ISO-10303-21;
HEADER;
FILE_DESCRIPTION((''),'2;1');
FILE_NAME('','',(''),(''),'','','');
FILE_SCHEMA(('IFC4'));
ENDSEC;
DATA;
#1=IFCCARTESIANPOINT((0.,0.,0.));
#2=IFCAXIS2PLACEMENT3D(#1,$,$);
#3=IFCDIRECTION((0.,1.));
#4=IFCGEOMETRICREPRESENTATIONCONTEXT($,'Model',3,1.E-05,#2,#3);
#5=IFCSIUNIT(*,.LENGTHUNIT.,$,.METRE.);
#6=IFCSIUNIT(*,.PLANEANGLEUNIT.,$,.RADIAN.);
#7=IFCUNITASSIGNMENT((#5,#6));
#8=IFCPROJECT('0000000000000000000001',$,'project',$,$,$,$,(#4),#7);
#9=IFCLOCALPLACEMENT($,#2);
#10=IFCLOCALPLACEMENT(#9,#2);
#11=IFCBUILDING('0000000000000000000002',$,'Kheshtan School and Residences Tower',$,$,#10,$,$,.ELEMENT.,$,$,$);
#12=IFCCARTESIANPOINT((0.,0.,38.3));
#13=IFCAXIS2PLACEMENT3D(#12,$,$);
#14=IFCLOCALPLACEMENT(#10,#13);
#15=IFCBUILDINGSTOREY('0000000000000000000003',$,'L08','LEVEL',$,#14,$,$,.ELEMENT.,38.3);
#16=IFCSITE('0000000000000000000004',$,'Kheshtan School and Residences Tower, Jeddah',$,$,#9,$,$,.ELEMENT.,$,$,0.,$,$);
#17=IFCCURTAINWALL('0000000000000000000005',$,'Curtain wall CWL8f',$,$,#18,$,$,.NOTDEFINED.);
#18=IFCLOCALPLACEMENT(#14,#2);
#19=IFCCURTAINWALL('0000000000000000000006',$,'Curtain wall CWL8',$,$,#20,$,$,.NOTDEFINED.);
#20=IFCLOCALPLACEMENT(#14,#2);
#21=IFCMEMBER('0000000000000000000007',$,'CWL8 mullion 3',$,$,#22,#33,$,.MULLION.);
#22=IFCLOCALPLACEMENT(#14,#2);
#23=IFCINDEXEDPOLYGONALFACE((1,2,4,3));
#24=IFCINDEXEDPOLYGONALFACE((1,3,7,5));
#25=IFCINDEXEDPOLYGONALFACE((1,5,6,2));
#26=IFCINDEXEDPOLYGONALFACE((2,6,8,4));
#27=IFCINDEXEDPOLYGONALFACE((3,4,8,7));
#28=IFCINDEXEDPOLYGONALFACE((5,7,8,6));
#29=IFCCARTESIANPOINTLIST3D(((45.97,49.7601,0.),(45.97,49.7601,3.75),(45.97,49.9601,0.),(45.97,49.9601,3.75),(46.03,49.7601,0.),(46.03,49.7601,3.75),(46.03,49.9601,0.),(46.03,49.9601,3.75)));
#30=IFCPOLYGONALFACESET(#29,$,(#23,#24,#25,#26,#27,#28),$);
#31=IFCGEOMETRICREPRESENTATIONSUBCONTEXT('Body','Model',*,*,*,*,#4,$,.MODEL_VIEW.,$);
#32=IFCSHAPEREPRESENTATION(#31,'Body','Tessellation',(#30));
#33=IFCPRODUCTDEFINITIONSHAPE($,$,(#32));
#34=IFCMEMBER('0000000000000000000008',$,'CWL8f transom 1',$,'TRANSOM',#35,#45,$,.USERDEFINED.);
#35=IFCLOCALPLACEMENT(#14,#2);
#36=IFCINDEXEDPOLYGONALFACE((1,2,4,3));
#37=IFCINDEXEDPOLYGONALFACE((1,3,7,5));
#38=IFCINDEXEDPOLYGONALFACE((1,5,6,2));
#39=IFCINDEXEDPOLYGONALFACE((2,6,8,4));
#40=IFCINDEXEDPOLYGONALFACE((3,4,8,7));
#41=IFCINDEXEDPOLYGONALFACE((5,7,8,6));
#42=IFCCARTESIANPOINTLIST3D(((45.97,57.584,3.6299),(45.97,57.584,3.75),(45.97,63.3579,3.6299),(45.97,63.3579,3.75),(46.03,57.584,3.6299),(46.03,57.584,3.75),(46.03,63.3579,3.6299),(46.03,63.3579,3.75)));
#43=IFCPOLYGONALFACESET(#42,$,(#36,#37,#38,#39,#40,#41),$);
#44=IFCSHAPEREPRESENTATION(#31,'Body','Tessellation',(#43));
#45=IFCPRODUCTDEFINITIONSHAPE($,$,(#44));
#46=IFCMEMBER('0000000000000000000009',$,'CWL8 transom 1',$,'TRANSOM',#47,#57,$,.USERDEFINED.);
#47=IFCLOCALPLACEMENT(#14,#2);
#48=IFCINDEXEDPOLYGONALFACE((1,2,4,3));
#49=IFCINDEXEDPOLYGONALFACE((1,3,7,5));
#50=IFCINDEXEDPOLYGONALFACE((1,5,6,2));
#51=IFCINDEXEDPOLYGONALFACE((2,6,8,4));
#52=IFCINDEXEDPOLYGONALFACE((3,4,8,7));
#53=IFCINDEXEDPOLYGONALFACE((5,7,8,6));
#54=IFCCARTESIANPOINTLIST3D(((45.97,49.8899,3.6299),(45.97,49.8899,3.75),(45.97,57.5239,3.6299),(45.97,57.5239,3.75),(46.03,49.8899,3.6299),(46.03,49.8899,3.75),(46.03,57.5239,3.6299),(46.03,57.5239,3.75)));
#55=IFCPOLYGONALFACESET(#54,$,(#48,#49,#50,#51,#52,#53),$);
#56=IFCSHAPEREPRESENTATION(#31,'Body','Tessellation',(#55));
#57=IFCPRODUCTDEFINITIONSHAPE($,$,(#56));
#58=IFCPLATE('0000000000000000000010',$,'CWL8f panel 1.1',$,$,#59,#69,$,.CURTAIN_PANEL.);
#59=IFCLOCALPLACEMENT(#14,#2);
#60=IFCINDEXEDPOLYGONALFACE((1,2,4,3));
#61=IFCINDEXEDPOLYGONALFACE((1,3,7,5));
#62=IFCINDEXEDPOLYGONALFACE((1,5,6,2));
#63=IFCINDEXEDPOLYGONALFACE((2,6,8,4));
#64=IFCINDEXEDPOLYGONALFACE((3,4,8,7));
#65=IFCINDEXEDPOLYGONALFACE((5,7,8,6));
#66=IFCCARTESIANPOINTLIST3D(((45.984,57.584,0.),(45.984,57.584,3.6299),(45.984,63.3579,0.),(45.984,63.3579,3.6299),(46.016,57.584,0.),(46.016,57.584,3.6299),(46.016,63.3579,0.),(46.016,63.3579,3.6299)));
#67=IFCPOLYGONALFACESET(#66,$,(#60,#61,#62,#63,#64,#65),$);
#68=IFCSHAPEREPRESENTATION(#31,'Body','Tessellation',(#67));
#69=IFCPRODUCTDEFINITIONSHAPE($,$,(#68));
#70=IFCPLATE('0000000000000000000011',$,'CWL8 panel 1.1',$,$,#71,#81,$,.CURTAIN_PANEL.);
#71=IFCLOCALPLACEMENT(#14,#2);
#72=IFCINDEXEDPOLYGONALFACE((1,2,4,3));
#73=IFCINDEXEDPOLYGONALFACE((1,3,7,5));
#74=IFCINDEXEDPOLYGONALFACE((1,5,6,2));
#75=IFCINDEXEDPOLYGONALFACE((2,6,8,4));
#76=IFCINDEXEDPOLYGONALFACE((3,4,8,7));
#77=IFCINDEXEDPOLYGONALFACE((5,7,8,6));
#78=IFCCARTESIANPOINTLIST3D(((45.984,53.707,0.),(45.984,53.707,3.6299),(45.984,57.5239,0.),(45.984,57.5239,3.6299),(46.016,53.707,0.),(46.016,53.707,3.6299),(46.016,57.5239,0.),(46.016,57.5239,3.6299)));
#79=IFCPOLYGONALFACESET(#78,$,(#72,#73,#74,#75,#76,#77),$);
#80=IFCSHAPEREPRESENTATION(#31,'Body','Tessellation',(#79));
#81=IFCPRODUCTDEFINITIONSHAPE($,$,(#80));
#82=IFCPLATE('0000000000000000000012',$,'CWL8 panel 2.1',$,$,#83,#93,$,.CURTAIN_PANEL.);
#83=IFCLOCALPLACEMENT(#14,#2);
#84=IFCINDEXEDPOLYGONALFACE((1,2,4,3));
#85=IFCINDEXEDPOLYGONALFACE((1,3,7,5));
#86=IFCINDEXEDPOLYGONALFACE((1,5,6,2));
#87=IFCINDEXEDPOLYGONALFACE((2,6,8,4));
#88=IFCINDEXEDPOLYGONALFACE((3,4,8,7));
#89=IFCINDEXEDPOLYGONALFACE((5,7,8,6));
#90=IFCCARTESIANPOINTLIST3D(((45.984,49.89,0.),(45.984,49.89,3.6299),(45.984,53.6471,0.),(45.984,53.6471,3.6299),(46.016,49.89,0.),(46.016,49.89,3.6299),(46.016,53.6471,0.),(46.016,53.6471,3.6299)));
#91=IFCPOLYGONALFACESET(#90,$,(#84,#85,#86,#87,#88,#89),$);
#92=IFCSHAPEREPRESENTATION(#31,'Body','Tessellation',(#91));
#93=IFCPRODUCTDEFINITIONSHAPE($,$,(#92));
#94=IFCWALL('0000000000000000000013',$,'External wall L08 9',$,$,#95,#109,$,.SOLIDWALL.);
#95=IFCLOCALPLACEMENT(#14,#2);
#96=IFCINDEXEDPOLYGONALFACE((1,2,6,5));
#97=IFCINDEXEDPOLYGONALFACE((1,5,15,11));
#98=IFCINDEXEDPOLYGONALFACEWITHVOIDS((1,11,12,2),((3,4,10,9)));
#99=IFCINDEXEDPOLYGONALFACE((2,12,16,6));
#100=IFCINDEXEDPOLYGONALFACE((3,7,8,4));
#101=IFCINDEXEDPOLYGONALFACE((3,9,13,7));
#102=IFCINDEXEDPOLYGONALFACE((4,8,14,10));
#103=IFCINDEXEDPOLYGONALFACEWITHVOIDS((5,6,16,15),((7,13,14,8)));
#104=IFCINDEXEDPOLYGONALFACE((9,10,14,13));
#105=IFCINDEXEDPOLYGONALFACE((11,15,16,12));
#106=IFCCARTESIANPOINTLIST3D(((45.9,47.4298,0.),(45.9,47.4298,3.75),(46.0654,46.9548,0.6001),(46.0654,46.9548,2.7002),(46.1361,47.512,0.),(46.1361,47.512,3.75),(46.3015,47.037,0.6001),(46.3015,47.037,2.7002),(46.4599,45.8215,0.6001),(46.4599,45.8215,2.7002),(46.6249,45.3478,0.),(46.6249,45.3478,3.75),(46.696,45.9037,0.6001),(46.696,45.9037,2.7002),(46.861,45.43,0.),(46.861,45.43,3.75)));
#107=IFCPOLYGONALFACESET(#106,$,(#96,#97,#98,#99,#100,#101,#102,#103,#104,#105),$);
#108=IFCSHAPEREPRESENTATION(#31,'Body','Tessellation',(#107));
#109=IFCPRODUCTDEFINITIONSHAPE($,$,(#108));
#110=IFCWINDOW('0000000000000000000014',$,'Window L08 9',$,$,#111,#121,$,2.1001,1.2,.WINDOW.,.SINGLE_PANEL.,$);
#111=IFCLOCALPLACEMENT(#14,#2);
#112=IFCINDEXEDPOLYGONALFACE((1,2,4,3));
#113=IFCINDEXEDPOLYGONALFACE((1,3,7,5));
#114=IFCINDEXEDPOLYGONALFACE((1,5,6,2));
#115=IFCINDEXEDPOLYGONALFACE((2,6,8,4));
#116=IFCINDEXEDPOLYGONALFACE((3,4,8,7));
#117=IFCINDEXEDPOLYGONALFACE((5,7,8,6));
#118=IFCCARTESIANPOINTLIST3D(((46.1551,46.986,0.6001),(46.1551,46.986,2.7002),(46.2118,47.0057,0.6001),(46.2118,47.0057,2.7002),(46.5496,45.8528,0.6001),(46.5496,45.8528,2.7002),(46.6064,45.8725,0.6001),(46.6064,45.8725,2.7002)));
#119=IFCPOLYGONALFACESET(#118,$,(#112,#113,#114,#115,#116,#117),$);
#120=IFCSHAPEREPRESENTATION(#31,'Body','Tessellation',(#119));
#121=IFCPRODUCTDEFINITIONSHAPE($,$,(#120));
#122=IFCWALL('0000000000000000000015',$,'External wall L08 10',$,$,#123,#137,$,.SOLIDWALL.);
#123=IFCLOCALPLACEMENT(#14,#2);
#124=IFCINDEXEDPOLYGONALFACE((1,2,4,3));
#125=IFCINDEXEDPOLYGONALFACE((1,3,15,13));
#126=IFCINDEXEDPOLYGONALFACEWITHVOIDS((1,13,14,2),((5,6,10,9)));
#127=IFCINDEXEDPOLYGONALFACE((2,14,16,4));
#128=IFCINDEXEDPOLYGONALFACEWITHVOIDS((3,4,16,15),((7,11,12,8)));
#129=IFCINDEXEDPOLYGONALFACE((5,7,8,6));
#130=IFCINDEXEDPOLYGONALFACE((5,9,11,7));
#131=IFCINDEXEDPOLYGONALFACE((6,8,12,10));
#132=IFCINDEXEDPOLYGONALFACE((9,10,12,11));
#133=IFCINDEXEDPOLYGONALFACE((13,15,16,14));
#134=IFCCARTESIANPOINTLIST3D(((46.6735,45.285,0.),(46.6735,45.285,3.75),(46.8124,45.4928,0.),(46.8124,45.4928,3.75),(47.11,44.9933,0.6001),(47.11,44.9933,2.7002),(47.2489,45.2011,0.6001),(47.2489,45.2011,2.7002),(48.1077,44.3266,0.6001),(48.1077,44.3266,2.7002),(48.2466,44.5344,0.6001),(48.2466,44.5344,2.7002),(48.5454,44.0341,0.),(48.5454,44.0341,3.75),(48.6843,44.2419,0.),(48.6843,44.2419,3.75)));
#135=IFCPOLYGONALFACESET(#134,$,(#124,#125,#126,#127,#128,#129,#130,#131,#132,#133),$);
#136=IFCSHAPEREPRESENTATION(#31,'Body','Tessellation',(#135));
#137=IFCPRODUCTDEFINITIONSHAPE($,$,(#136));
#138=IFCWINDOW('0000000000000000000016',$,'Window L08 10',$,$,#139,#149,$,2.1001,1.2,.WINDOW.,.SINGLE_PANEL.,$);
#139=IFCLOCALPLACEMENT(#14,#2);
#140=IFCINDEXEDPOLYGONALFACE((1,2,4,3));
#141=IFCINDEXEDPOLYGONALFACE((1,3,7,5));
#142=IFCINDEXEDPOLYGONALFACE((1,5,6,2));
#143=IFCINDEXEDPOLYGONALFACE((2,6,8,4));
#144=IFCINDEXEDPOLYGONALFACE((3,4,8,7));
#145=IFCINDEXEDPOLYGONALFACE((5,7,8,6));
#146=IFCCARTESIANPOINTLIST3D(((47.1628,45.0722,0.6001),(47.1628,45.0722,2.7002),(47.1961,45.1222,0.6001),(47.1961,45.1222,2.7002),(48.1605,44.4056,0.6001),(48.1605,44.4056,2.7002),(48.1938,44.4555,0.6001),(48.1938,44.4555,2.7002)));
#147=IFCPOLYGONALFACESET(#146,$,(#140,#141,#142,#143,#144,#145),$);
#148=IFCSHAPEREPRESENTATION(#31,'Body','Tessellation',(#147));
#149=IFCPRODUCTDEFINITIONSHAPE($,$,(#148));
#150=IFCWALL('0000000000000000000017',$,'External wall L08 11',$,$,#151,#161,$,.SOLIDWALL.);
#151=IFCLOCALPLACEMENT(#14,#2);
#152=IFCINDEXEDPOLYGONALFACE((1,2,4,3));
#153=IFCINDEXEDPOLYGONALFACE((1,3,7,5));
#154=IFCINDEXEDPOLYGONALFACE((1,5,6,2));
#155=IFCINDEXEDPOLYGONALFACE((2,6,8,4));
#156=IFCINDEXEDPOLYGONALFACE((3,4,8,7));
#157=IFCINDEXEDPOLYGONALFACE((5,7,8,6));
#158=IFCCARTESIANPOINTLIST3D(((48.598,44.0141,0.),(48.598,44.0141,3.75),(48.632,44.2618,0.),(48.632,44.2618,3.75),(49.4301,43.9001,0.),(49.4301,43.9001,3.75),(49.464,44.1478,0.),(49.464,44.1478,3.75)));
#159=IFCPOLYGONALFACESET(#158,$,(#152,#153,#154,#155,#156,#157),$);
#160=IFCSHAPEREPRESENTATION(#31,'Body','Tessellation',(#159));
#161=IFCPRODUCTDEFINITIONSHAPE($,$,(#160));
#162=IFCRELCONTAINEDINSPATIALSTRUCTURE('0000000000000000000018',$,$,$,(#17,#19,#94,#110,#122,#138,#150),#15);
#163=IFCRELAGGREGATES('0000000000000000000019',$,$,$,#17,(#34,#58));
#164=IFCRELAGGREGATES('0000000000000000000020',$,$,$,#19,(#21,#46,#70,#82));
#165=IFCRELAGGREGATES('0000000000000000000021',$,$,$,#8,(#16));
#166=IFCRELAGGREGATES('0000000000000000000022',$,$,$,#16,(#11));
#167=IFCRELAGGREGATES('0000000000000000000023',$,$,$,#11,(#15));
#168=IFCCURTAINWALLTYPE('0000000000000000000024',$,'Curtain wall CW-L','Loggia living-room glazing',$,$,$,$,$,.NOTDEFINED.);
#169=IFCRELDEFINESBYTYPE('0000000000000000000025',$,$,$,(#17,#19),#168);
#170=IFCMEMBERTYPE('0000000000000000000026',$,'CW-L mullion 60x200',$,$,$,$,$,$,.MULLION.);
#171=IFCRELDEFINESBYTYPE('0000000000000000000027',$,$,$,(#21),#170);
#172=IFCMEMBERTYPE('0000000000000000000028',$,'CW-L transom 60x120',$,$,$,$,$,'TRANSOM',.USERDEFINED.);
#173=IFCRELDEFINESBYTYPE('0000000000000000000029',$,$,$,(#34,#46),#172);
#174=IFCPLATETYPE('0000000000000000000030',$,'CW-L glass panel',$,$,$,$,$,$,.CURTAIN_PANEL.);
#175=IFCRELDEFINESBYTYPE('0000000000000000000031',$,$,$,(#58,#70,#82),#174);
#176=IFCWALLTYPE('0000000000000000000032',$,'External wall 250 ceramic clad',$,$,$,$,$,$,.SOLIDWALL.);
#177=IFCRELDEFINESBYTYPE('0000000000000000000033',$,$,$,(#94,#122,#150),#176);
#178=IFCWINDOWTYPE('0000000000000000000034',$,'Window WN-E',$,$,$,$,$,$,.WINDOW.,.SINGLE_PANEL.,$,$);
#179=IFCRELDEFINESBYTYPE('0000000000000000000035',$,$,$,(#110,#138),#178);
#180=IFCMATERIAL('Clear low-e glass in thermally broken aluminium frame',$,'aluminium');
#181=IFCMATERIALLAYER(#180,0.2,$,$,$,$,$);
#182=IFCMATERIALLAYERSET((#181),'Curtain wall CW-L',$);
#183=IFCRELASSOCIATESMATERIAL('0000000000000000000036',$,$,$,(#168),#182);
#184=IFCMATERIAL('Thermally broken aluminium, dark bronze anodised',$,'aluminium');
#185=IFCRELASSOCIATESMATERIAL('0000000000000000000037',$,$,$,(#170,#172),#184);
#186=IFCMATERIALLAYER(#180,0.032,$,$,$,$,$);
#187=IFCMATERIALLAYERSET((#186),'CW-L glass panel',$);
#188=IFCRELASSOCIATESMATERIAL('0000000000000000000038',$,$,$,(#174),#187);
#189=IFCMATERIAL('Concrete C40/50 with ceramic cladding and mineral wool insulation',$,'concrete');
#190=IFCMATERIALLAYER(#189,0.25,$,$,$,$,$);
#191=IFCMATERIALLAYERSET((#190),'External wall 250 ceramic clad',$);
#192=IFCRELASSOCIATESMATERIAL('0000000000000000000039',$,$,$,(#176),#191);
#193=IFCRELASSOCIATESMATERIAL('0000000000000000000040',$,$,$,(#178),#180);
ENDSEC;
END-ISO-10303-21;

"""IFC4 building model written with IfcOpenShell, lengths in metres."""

from ifc_helpers import new_model, si_unit, direction, frame, frame_2d, origin, origin_2d, place, context, subcontext, project, spatial, rectangle, extrude, source, transform, mapped, material, layer, layer_set, material_profile, profile_set, type_object, element, fill, aggregate, save


model = new_model("IFC4")

# Units and contexts
model_context = context("Model", 3, precision=1e-05, world=origin(), true_north=direction((0.0, 1.0)))
body_context = subcontext(model_context, "Body", "Model", "MODEL_VIEW")
ifc_project = project(units=[si_unit("LENGTHUNIT", "METRE"), si_unit("PLANEANGLEUNIT", "RADIAN")], contexts=[model_context])

# Site, building, storey
site_placement = place(None, origin())
site = spatial("IfcSite", under=ifc_project, at=site_placement, Name="Kheshtan School and Residences Tower, Jeddah", CompositionType="ELEMENT", RefElevation=0.0)
building_placement = place(site_placement, origin())
building = spatial("IfcBuilding", under=site, at=building_placement, Name="Kheshtan School and Residences Tower", CompositionType="ELEMENT")
storey_placement = place(building_placement, frame((0.0, 0.0, 38.3)))
storey = spatial("IfcBuildingStorey", under=building, at=storey_placement, Name="L08", Description="LEVEL", CompositionType="ELEMENT", Elevation=38.3)

# Shared definitions
ifc_material_1 = material(Name="Clear low-e glass in thermally broken aluminium frame", Category="aluminium")
ifc_layer_1 = layer(ifc_material_1, 0.2)
ifc_layer_set_1 = layer_set([ifc_layer_1], Name="Curtain wall CW-L")
curtain_wall_type = type_object("IfcCurtainWallType", Name="Curtain wall CW-L", Description="Loggia living-room glazing", PredefinedType="NOTDEFINED", material=ifc_layer_set_1)
ifc_material_2 = material(Name="Thermally broken aluminium, dark bronze anodised", Category="aluminium")
ifc_material_profile_1 = material_profile(ifc_material_2, rectangle(XDim=0.0601, YDim=0.2, at=origin_2d()), Name="CW-L mullion 60x200")
ifc_profile_set_1 = profile_set([ifc_material_profile_1], Name="Thermally broken aluminium, dark bronze anodised")
member_type_1 = type_object("IfcMemberType", Name="CW-L mullion 60x200", PredefinedType="MULLION", material=ifc_profile_set_1)

# Curtain walls, member
curtain_wall_1_placement = place(storey_placement, origin())
curtain_wall_1 = element("IfcCurtainWall", 1, at=curtain_wall_1_placement, inside=storey, type_object=curtain_wall_type, Name="Curtain wall CWL8f", PredefinedType="NOTDEFINED")
curtain_wall_2_placement = place(storey_placement, origin())
curtain_wall_2 = element("IfcCurtainWall", 2, at=curtain_wall_2_placement, inside=storey, type_object=curtain_wall_type, Name="Curtain wall CWL8", PredefinedType="NOTDEFINED")
member_1_placement = place(storey_placement, frame((46.0, 49.8601, 0.0), z_axis=(0.0, 0.0, 1.0), x_axis=(1.0, 0.0, 0.0)))
member_1 = element("IfcMember", 3, at=member_1_placement, type_object=member_type_1, Name="CWL8 mullion 3", PredefinedType="MULLION", context=body_context, shape_type="SweptSolid", body=[
    extrude(rectangle(XDim=0.0601, YDim=0.2, at=origin_2d()), origin(), (0.0, 0.0, 1.0), 3.75),
])

# Members
ifc_material_profile_2 = material_profile(ifc_material_2, rectangle(XDim=0.0601, YDim=0.1201, at=origin_2d()), Name="CW-L transom 60x120")
ifc_profile_set_2 = profile_set([ifc_material_profile_2], Name="Thermally broken aluminium, dark bronze anodised")
member_type_2 = type_object("IfcMemberType", Name="CW-L transom 60x120", ElementType="TRANSOM", PredefinedType="USERDEFINED", material=ifc_profile_set_2)
member_2_placement = place(storey_placement, frame((46.0, 63.3579, 3.6899), z_axis=(0.0, -1.0, 0.0), x_axis=(1.0, 0.0, 0.0)))
member_2 = element("IfcMember", 4, at=member_2_placement, type_object=member_type_2, Name="CWL8f transom 1", ObjectType="TRANSOM", PredefinedType="USERDEFINED", context=body_context, shape_type="SweptSolid", body=[
    extrude(rectangle(XDim=0.0601, YDim=0.1201, at=origin_2d()), origin(), (0.0, 0.0, 1.0), 5.7739),
])
member_3_placement = place(storey_placement, frame((46.0, 57.5239, 3.6899), z_axis=(0.0, -1.0, 0.0), x_axis=(1.0, 0.0, 0.0)))
member_3 = element("IfcMember", 5, at=member_3_placement, type_object=member_type_2, Name="CWL8 transom 1", ObjectType="TRANSOM", PredefinedType="USERDEFINED", context=body_context, shape_type="SweptSolid", body=[
    extrude(rectangle(XDim=0.0601, YDim=0.1201, at=origin_2d()), origin(), (0.0, 0.0, 1.0), 7.634),
])

# Plates
ifc_layer_2 = layer(ifc_material_1, 0.032)
ifc_layer_set_2 = layer_set([ifc_layer_2], Name="CW-L glass panel")
plate_type = type_object("IfcPlateType", Name="CW-L glass panel", PredefinedType="CURTAIN_PANEL", material=ifc_layer_set_2)
plate_1_placement = place(storey_placement, frame((46.0, 60.4709, 0.0), z_axis=(0.0, 0.0, 1.0), x_axis=(0.0, -1.0, 0.0)))
plate_1 = element("IfcPlate", 6, at=plate_1_placement, type_object=plate_type, Name="CWL8f panel 1.1", PredefinedType="CURTAIN_PANEL", context=body_context, shape_type="SweptSolid", body=[
    extrude(rectangle(XDim=5.7739, YDim=0.032, at=origin_2d()), origin(), (0.0, 0.0, 1.0), 3.6299),
])
aggregate(curtain_wall_1, [member_2, plate_1])
plate_2_placement = place(storey_placement, frame((46.0, 55.6155, 0.0), z_axis=(0.0, 0.0, 1.0), x_axis=(0.0, -1.0, 0.0)))
plate_2 = element("IfcPlate", 7, at=plate_2_placement, type_object=plate_type, Name="CWL8 panel 1.1", PredefinedType="CURTAIN_PANEL", context=body_context, shape_type="SweptSolid", body=[
    extrude(rectangle(XDim=3.8169, YDim=0.032, at=origin_2d()), origin(), (0.0, 0.0, 1.0), 3.6299),
])
plate_3_placement = place(storey_placement, frame((46.0, 51.7686, 0.0), z_axis=(0.0, 0.0, 1.0), x_axis=(0.0, -1.0, 0.0)))
plate_3 = element("IfcPlate", 8, at=plate_3_placement, type_object=plate_type, Name="CWL8 panel 2.1", PredefinedType="CURTAIN_PANEL", context=body_context, shape_type="SweptSolid", body=[
    extrude(rectangle(XDim=3.7571, YDim=0.032, at=origin_2d()), origin(), (0.0, 0.0, 1.0), 3.6299),
])
aggregate(curtain_wall_2, [member_1, member_3, plate_2, plate_3])

# Walls, openings, windows
ifc_material_3 = material(Name="Concrete C40/50 with ceramic cladding and mineral wool insulation", Category="concrete")
ifc_layer_3 = layer(ifc_material_3, 0.25)
ifc_layer_set_3 = layer_set([ifc_layer_3], Name="External wall 250 ceramic clad")
wall_type_1 = type_object("IfcWallType", Name="External wall 250 ceramic clad", PredefinedType="SOLIDWALL", material=ifc_layer_set_3)
wall_1_placement = place(storey_placement, frame((46.0181, 47.4709, 0.0), z_axis=(0.0, 0.0, 1.0), x_axis=(0.328791, -0.944403, 0.0)))
wall_1 = element("IfcWall", 9, at=wall_1_placement, inside=storey, type_object=wall_type_1, Name="External wall L08 9", PredefinedType="SOLIDWALL", context=body_context, shape_type="SweptSolid", body=[
    extrude(rectangle(XDim=2.2046, YDim=0.25, at=frame_2d((1.1023, 0.0))), origin(), (0.0, 0.0, 1.0), 3.75),
])
opening_1_placement = place(wall_1_placement, frame((0.5029, 0.0, 0.6001)))
opening_1 = element("IfcOpeningElement", 10, at=opening_1_placement, cuts=wall_1, PredefinedType="OPENING", context=body_context, shape_type="SweptSolid", body=[
    extrude(rectangle(XDim=1.2, YDim=2.1001, at=frame_2d((0.6001, 1.05))), frame((0.0, 0.135, 0.0), z_axis=(0.0, -1.0, 0.0), x_axis=(1.0, 0.0, 0.0)), (0.0, 0.0, 1.0), 0.27),
])
window_type = type_object("IfcWindowType", Name="Window WN-E", PartitioningType="SINGLE_PANEL", PredefinedType="WINDOW", material=ifc_material_1)
shared_shape_1 = source(origin(), body_context, "Body", "SweptSolid", [
    extrude(rectangle(XDim=1.2, YDim=2.1001, at=frame_2d((0.6001, 1.05))), frame((0.0, 0.03, 0.0), z_axis=(0.0, -1.0, 0.0), x_axis=(1.0, 0.0, 0.0)), (0.0, 0.0, 1.0), 0.0601),
])
window_1_placement = place(opening_1_placement, origin())
window_1 = element("IfcWindow", 11, at=window_1_placement, inside=storey, type_object=window_type, Name="Window L08 9", OverallHeight=2.1001, OverallWidth=1.2, PartitioningType="SINGLE_PANEL", PredefinedType="WINDOW", context=body_context, shape_type="MappedRepresentation", body=[
    mapped(shared_shape_1, transform((0.0, 0.0, 0.0), x_axis=(1.0, 0.0, 0.0), y_axis=(0.0, 1.0, 0.0), z_axis=(0.0, 0.0, 1.0), scale=1.0)),
])
fill(opening_1, window_1)
wall_2_placement = place(storey_placement, frame((46.7429, 45.3889, 0.0), z_axis=(0.0, 0.0, 1.0), x_axis=(0.831449, -0.555601, 0.0)))
wall_2 = element("IfcWall", 12, at=wall_2_placement, inside=storey, type_object=wall_type_1, Name="External wall L08 10", PredefinedType="SOLIDWALL", context=body_context, shape_type="SweptSolid", body=[
    extrude(rectangle(XDim=2.2515, YDim=0.25, at=frame_2d((1.1257, 0.0))), origin(), (0.0, 0.0, 1.0), 3.75),
])
opening_2_placement = place(wall_2_placement, frame((0.5249, 0.0, 0.6001)))
opening_2 = element("IfcOpeningElement", 13, at=opening_2_placement, cuts=wall_2, PredefinedType="OPENING", context=body_context, shape_type="SweptSolid", body=[
    extrude(rectangle(XDim=1.2, YDim=2.1001, at=frame_2d((0.6001, 1.05))), frame((0.0, 0.135, 0.0), z_axis=(0.0, -1.0, 0.0), x_axis=(1.0, 0.0, 0.0)), (0.0, 0.0, 1.0), 0.27),
])
window_2_placement = place(opening_2_placement, origin())
window_2 = element("IfcWindow", 14, at=window_2_placement, inside=storey, type_object=window_type, Name="Window L08 10", OverallHeight=2.1001, OverallWidth=1.2, PartitioningType="SINGLE_PANEL", PredefinedType="WINDOW", context=body_context, shape_type="MappedRepresentation", body=[
    mapped(shared_shape_1, transform((0.0, 0.0, 0.0), x_axis=(1.0, 0.0, 0.0), y_axis=(0.0, 1.0, 0.0), z_axis=(0.0, 0.0, 1.0), scale=1.0)),
])
fill(opening_2, window_2)

# Wall
wall_3_placement = place(storey_placement, frame((48.615, 44.1379, 0.0), z_axis=(0.0, 0.0, 1.0), x_axis=(0.990742, -0.135762, 0.0)))
element("IfcWall", 15, at=wall_3_placement, inside=storey, type_object=wall_type_1, Name="External wall L08 11", PredefinedType="SOLIDWALL", context=body_context, shape_type="SweptSolid", body=[
    extrude(rectangle(XDim=0.8398, YDim=0.25, at=frame_2d((0.4199, 0.0))), origin(), (0.0, 0.0, 1.0), 3.75),
])

save(model, "model.ifc")
